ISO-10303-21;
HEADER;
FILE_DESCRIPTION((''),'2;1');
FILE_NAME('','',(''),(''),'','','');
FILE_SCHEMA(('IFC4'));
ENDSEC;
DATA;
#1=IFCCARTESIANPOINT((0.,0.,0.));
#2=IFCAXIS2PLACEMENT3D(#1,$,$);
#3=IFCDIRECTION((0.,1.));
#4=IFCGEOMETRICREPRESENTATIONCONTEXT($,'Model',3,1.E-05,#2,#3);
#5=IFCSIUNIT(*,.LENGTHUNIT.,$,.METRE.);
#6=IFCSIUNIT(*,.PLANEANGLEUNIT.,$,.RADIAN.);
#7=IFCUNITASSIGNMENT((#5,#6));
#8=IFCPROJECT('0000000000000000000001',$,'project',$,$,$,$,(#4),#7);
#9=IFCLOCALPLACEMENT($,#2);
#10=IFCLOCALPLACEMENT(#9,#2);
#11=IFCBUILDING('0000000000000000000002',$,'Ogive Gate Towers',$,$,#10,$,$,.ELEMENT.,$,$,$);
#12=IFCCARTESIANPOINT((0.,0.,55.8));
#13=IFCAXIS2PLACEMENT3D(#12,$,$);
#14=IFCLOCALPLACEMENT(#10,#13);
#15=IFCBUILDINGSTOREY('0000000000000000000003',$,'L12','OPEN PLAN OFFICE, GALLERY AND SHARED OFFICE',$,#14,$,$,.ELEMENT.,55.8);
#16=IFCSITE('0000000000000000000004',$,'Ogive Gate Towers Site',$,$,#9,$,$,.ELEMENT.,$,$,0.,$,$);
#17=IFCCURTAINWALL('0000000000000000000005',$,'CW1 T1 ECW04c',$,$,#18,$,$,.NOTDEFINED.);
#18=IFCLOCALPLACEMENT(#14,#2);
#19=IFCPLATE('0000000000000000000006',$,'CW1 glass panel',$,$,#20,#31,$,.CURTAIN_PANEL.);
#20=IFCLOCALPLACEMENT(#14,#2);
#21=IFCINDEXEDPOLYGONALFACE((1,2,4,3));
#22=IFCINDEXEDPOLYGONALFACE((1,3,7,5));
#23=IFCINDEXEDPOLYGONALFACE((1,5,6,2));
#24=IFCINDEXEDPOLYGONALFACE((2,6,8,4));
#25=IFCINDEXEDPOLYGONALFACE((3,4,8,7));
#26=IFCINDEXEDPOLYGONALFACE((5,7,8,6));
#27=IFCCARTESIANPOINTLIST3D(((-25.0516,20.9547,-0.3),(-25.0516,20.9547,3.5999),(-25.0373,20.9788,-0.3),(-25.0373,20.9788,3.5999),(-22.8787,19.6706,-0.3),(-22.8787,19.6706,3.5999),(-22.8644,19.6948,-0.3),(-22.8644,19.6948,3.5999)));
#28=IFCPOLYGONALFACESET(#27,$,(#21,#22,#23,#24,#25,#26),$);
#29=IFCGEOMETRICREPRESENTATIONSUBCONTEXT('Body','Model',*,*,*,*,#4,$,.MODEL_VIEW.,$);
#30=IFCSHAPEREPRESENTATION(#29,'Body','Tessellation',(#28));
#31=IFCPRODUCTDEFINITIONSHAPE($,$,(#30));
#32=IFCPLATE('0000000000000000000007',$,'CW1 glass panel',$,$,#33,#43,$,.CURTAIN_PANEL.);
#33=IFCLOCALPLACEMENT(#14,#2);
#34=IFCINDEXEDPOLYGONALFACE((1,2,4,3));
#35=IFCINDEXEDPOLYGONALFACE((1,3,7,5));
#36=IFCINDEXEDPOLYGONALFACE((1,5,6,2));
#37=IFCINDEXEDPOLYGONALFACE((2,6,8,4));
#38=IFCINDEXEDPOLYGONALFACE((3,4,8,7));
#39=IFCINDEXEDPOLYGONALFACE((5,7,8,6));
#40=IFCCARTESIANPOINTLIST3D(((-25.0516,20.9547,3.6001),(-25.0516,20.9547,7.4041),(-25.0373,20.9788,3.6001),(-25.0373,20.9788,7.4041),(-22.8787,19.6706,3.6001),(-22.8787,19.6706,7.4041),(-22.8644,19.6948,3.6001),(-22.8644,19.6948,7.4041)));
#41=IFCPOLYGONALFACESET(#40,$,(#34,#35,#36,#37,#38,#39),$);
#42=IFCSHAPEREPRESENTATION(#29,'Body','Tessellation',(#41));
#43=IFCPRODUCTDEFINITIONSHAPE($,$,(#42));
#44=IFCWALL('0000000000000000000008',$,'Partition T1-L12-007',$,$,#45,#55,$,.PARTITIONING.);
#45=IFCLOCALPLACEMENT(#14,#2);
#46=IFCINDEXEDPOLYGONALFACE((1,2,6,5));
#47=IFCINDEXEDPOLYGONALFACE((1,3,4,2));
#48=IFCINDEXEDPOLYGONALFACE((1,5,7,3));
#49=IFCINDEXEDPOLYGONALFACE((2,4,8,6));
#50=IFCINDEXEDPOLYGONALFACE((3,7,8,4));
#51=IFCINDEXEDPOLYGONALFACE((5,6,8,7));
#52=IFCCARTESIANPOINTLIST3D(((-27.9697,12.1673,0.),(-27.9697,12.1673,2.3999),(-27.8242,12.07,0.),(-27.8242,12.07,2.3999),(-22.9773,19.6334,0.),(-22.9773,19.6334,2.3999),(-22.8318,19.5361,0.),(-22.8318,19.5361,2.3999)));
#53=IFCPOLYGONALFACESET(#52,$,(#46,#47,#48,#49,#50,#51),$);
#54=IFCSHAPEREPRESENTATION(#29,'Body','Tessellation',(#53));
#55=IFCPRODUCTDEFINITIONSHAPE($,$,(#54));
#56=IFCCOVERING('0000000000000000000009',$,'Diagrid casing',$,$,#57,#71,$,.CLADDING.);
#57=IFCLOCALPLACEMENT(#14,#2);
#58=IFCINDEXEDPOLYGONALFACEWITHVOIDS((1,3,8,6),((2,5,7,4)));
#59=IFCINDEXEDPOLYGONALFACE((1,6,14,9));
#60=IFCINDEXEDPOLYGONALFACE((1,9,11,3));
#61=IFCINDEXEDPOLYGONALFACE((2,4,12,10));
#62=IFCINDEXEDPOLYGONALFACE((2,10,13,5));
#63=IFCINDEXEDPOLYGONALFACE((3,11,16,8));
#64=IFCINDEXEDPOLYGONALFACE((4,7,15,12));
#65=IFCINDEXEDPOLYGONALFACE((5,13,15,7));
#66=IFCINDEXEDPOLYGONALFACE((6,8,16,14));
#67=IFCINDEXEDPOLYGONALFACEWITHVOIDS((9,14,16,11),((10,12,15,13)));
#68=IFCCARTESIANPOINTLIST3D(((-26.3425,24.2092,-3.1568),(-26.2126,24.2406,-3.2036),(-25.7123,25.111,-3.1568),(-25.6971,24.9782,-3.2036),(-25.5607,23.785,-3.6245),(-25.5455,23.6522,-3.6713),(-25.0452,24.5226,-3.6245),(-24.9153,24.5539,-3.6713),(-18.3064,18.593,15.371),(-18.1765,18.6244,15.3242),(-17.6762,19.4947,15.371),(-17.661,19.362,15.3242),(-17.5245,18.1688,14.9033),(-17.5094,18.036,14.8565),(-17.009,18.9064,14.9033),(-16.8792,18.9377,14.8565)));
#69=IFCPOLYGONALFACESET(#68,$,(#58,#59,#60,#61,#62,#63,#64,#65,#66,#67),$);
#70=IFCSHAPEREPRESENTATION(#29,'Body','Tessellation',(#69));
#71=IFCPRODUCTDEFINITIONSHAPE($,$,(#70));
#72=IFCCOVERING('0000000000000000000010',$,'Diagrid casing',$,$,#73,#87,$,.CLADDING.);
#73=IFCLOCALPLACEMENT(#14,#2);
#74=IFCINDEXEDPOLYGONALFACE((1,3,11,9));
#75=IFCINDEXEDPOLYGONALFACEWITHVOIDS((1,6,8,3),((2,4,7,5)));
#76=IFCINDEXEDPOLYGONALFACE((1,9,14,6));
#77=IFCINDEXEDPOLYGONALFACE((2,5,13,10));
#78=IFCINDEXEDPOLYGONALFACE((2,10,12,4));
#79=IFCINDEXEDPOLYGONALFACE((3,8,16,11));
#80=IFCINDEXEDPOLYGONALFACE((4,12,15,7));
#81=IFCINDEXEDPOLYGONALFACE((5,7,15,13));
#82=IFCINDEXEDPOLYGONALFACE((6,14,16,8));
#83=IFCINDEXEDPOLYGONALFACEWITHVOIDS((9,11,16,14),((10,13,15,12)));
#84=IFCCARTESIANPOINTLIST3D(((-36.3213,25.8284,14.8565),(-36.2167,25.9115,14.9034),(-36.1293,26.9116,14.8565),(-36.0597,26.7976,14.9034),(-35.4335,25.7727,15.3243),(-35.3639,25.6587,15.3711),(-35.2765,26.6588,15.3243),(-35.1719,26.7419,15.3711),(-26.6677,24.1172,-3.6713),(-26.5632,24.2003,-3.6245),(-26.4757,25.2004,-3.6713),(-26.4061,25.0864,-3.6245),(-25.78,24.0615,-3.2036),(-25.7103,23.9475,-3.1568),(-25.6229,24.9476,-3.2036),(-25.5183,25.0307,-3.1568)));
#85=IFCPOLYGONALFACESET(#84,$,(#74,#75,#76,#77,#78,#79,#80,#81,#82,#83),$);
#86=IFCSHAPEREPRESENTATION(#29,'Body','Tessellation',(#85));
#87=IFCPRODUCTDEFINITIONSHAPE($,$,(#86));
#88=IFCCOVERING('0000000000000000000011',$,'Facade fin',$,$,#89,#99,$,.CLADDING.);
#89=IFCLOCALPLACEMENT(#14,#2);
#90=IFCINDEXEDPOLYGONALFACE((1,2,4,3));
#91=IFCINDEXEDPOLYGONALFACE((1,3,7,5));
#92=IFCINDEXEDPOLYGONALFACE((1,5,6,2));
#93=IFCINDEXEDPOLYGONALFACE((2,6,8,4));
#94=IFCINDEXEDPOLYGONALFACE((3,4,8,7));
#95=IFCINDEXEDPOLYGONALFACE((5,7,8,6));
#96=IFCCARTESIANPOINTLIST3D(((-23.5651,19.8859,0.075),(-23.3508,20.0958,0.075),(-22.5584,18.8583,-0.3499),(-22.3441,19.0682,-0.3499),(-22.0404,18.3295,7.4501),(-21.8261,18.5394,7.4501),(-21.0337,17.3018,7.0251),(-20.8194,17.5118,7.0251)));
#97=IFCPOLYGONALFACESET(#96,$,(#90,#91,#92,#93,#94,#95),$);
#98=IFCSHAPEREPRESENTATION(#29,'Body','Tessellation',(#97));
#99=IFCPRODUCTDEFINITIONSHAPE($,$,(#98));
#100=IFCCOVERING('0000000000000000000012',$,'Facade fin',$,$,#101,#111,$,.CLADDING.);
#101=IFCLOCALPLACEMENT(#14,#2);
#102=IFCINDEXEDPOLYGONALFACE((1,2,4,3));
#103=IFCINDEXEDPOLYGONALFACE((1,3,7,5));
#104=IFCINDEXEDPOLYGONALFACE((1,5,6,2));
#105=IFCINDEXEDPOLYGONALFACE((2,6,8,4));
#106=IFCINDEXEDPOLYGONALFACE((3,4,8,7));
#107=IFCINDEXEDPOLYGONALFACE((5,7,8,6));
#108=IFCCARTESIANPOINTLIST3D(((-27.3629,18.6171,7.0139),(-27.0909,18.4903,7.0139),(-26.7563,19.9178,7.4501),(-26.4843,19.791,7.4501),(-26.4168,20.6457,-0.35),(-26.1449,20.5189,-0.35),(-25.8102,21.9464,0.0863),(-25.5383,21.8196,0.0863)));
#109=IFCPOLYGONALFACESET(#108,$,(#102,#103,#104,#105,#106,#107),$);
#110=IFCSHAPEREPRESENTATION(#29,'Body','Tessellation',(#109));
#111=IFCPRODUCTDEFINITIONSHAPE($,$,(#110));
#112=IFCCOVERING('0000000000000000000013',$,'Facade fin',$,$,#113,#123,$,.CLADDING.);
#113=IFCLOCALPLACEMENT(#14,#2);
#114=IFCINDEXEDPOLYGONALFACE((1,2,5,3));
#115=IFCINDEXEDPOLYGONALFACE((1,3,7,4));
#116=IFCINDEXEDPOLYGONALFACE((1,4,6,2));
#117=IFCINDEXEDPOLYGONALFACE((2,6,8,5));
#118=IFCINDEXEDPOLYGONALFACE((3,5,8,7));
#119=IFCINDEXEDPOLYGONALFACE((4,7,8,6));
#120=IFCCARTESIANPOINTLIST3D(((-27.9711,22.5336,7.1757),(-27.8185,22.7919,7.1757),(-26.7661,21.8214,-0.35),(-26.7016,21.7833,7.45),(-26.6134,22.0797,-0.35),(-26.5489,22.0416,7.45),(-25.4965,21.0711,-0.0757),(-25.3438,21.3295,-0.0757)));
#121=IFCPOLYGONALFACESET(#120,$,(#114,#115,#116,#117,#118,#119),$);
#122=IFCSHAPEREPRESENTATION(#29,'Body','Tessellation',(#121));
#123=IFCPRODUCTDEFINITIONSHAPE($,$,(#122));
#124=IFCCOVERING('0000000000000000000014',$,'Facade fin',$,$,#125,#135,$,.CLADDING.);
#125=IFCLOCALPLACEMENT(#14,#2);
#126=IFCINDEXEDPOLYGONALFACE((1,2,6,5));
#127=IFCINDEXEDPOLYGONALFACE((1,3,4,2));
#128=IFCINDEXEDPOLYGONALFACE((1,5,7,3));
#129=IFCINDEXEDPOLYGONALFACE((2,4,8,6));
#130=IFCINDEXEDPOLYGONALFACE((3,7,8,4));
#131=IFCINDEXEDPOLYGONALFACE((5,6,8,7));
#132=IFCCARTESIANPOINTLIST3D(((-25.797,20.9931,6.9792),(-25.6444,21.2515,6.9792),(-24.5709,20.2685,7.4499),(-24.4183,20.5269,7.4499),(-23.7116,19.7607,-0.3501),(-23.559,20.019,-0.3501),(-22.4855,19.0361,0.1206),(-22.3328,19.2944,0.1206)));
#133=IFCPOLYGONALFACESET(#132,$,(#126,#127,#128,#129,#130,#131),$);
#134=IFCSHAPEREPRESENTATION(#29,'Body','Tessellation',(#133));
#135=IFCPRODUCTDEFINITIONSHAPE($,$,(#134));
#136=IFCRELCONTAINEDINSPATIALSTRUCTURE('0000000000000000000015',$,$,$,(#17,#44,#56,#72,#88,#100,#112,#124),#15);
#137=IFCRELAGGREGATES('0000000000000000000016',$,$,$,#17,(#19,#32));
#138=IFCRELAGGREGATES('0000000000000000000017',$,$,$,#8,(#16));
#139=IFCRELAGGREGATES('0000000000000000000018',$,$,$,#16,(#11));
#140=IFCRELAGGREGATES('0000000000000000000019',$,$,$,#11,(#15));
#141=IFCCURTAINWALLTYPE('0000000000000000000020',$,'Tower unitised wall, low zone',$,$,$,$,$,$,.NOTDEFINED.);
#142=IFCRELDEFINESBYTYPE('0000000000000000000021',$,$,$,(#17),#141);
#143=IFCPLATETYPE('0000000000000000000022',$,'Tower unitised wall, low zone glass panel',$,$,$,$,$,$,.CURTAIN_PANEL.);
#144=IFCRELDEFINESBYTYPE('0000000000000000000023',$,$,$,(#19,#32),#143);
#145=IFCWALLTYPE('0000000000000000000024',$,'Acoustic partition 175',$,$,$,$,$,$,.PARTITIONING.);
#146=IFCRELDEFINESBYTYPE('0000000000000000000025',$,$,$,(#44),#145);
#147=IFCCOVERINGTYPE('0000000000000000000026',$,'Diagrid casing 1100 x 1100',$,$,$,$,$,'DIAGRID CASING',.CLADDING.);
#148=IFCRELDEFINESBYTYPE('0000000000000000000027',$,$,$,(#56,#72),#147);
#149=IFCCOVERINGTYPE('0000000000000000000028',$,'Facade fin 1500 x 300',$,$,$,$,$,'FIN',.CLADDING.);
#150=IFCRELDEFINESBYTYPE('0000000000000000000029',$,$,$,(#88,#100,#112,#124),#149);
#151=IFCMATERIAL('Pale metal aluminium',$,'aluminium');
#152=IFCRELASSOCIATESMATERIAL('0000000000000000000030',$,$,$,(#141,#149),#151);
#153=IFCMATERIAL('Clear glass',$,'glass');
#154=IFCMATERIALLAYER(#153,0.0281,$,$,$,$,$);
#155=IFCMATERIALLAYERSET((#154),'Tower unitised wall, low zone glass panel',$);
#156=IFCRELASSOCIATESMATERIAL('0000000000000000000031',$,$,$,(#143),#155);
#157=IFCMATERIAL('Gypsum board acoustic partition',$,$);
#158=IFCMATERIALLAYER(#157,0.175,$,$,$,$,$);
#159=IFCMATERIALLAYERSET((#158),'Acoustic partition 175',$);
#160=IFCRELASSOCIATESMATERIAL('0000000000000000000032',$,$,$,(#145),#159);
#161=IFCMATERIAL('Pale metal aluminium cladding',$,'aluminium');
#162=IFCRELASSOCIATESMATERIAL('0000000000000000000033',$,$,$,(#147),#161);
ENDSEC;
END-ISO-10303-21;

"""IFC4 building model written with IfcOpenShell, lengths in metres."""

from ifc_helpers import new_model, si_unit, direction, frame, frame_2d, origin, origin_2d, place, context, subcontext, project, spatial, rectangle, hollow_rectangle, extrude, material, layer, layer_set, material_profile, profile_set, type_object, element, aggregate, save


model = new_model("IFC4")

# Units and contexts
model_context = context("Model", 3, precision=1e-05, world=origin(), true_north=direction((0.0, 1.0)))
body_context = subcontext(model_context, "Body", "Model", "MODEL_VIEW")
ifc_project = project(units=[si_unit("LENGTHUNIT", "METRE"), si_unit("PLANEANGLEUNIT", "RADIAN")], contexts=[model_context])

# Site, building, storey
site_placement = place(None, origin())
site = spatial("IfcSite", under=ifc_project, at=site_placement, Name="Ogive Gate Towers Site", CompositionType="ELEMENT", RefElevation=0.0)
building_placement = place(site_placement, origin())
building = spatial("IfcBuilding", under=site, at=building_placement, Name="Ogive Gate Towers", CompositionType="ELEMENT")
storey_placement = place(building_placement, frame((0.0, 0.0, 55.8)))
storey = spatial("IfcBuildingStorey", under=building, at=storey_placement, Name="L12", Description="OPEN PLAN OFFICE, GALLERY AND SHARED OFFICE", CompositionType="ELEMENT", Elevation=55.8)

# Curtain wall
ifc_material_1 = material(Name="Pale metal aluminium", Category="aluminium")
curtain_wall_type = type_object("IfcCurtainWallType", Name="Tower unitised wall, low zone", PredefinedType="NOTDEFINED", material=ifc_material_1)
curtain_wall_1_placement = place(storey_placement, origin())
curtain_wall_1 = element("IfcCurtainWall", 1, at=curtain_wall_1_placement, inside=storey, type_object=curtain_wall_type, Name="CW1 T1 ECW04c", PredefinedType="NOTDEFINED")

# Plates
ifc_material_2 = material(Name="Clear glass", Category="glass")
ifc_layer_1 = layer(ifc_material_2, 0.0281)
ifc_layer_set_1 = layer_set([ifc_layer_1], Name="Tower unitised wall, low zone glass panel")
plate_type = type_object("IfcPlateType", Name="Tower unitised wall, low zone glass panel", PredefinedType="CURTAIN_PANEL", material=ifc_layer_set_1)
plate_1_placement = place(storey_placement, frame((-23.958, 20.3247, -0.3), z_axis=(0.0, 0.0, 1.0), x_axis=(0.860911, -0.508756, 0.0)))
plate_1 = element("IfcPlate", 2, at=plate_1_placement, type_object=plate_type, Name="CW1 glass panel", PredefinedType="CURTAIN_PANEL", context=body_context, shape_type="SweptSolid", body=[
    extrude(rectangle(XDim=2.5239, YDim=0.0281, at=origin_2d()), origin(), (0.0, 0.0, 1.0), 3.8999),
])
plate_2_placement = place(storey_placement, frame((-23.958, 20.3247, 3.6001), z_axis=(0.0, 0.0, 1.0), x_axis=(0.860911, -0.508756, 0.0)))
plate_2 = element("IfcPlate", 3, at=plate_2_placement, type_object=plate_type, Name="CW1 glass panel", PredefinedType="CURTAIN_PANEL", context=body_context, shape_type="SweptSolid", body=[
    extrude(rectangle(XDim=2.5239, YDim=0.0281, at=origin_2d()), origin(), (0.0, 0.0, 1.0), 3.804),
])
aggregate(curtain_wall_1, [plate_1, plate_2])

# Wall
ifc_material_3 = material(Name="Gypsum board acoustic partition")
ifc_layer_2 = layer(ifc_material_3, 0.175)
ifc_layer_set_2 = layer_set([ifc_layer_2], Name="Acoustic partition 175")
wall_type = type_object("IfcWallType", Name="Acoustic partition 175", PredefinedType="PARTITIONING", material=ifc_layer_set_2)
wall_placement = place(storey_placement, frame((-22.9045, 19.5847, 0.0), z_axis=(0.0, 0.0, 1.0), x_axis=(-0.55586, -0.831276, 0.0)))
element("IfcWall", 4, at=wall_placement, inside=storey, type_object=wall_type, Name="Partition T1-L12-007", PredefinedType="PARTITIONING", context=body_context, shape_type="SweptSolid", body=[
    extrude(rectangle(XDim=8.9814, YDim=0.175, at=frame_2d((4.4907, 0.0))), origin(), (0.0, 0.0, 1.0), 2.3999),
])

# Coverings
ifc_material_4 = material(Name="Pale metal aluminium cladding", Category="aluminium")
ifc_material_profile_1 = material_profile(ifc_material_4, hollow_rectangle(XDim=1.1001, YDim=1.1001, WallThickness=0.1001, at=origin_2d()), Name="1100 x 1100 pale metal casing")
ifc_profile_set_1 = profile_set([ifc_material_profile_1], Name="Pale metal aluminium cladding")
covering_type_1 = type_object("IfcCoveringType", Name="Diagrid casing 1100 x 1100", ElementType="DIAGRID CASING", PredefinedType="CLADDING", material=ifc_profile_set_1)
for number, where, z_axis, x_axis, name in (
    (5, (-25.6289, 24.3816, -3.4141), (0.383368, -0.267925, 0.883881), (0.57284, 0.819667, 0.0), "Diagrid casing"),
    (6, (-26.093, 24.574, -3.4141), (-0.46053, 0.081633, 0.883883), (-0.174538, -0.98465, 0.0), "Diagrid casing"),
):
    element("IfcCovering", number, at=place(storey_placement, frame(where, z_axis=z_axis, x_axis=x_axis)), inside=storey, type_object=covering_type_1, Name=name, PredefinedType="CLADDING", context=body_context, shape_type="SweptSolid", body=[
        extrude(hollow_rectangle(XDim=1.1001, YDim=1.1001, WallThickness=0.1001, at=origin_2d()), origin(), (0.0, 0.0, 1.0), 20.9619),
    ])
ifc_material_profile_2 = material_profile(ifc_material_1, rectangle(XDim=0.3, YDim=1.5, at=origin_2d()), Name="1500 x 300 pale metal aluminium")
ifc_profile_set_2 = profile_set([ifc_material_profile_2], Name="Pale metal aluminium")
covering_type_2 = type_object("IfcCoveringType", Name="Facade fin 1500 x 300", ElementType="FIN", PredefinedType="CLADDING", material=ifc_profile_set_2)
covering_1_placement = place(storey_placement, frame((-22.9546, 19.4771, -0.1375), z_axis=(0.198263, -0.20239, 0.959026), x_axis=(0.714353, 0.699786, 0.0)))
element("IfcCovering", 7, at=covering_1_placement, inside=storey, type_object=covering_type_2, Name="Facade fin", PredefinedType="CLADDING", context=body_context, shape_type="SweptSolid", body=[
    extrude(rectangle(XDim=0.3, YDim=1.5, at=origin_2d()), origin(), (0.0, 0.0, 1.0), 7.6902),
])
covering_2_placement = place(storey_placement, frame((-25.9775, 21.2327, -0.1318), z_axis=(-0.12292, -0.263572, 0.956776), x_axis=(0.906289, -0.422659, 0.0)))
element("IfcCovering", 8, at=covering_2_placement, inside=storey, type_object=covering_type_2, Name="Facade fin", PredefinedType="CLADDING", context=body_context, shape_type="SweptSolid", body=[
    extrude(rectangle(XDim=0.3, YDim=1.5, at=origin_2d()), origin(), (0.0, 0.0, 1.0), 7.6965),
])
covering_3_placement = place(storey_placement, frame((-26.0549, 21.5754, -0.2129), z_axis=(-0.15743, 0.093035, 0.983138), x_axis=(-0.508765, -0.860906, 0.0)))
element("IfcCovering", 9, at=covering_3_placement, inside=storey, type_object=covering_type_2, Name="Facade fin", PredefinedType="CLADDING", context=body_context, shape_type="SweptSolid", body=[
    extrude(rectangle(XDim=0.3, YDim=1.5, at=origin_2d()), origin(), (0.0, 0.0, 1.0), 7.6548),
])
covering_4_placement = place(storey_placement, frame((-23.0222, 19.5276, -0.1147), z_axis=(-0.270161, 0.159655, 0.949486), x_axis=(-0.508763, -0.860906, 0.0)))
element("IfcCovering", 10, at=covering_4_placement, inside=storey, type_object=covering_type_2, Name="Facade fin", PredefinedType="CLADDING", context=body_context, shape_type="SweptSolid", body=[
    extrude(rectangle(XDim=0.3, YDim=1.5, at=origin_2d()), origin(), (0.0, 0.0, 1.0), 7.7192),
])

save(model, "model.ifc")
